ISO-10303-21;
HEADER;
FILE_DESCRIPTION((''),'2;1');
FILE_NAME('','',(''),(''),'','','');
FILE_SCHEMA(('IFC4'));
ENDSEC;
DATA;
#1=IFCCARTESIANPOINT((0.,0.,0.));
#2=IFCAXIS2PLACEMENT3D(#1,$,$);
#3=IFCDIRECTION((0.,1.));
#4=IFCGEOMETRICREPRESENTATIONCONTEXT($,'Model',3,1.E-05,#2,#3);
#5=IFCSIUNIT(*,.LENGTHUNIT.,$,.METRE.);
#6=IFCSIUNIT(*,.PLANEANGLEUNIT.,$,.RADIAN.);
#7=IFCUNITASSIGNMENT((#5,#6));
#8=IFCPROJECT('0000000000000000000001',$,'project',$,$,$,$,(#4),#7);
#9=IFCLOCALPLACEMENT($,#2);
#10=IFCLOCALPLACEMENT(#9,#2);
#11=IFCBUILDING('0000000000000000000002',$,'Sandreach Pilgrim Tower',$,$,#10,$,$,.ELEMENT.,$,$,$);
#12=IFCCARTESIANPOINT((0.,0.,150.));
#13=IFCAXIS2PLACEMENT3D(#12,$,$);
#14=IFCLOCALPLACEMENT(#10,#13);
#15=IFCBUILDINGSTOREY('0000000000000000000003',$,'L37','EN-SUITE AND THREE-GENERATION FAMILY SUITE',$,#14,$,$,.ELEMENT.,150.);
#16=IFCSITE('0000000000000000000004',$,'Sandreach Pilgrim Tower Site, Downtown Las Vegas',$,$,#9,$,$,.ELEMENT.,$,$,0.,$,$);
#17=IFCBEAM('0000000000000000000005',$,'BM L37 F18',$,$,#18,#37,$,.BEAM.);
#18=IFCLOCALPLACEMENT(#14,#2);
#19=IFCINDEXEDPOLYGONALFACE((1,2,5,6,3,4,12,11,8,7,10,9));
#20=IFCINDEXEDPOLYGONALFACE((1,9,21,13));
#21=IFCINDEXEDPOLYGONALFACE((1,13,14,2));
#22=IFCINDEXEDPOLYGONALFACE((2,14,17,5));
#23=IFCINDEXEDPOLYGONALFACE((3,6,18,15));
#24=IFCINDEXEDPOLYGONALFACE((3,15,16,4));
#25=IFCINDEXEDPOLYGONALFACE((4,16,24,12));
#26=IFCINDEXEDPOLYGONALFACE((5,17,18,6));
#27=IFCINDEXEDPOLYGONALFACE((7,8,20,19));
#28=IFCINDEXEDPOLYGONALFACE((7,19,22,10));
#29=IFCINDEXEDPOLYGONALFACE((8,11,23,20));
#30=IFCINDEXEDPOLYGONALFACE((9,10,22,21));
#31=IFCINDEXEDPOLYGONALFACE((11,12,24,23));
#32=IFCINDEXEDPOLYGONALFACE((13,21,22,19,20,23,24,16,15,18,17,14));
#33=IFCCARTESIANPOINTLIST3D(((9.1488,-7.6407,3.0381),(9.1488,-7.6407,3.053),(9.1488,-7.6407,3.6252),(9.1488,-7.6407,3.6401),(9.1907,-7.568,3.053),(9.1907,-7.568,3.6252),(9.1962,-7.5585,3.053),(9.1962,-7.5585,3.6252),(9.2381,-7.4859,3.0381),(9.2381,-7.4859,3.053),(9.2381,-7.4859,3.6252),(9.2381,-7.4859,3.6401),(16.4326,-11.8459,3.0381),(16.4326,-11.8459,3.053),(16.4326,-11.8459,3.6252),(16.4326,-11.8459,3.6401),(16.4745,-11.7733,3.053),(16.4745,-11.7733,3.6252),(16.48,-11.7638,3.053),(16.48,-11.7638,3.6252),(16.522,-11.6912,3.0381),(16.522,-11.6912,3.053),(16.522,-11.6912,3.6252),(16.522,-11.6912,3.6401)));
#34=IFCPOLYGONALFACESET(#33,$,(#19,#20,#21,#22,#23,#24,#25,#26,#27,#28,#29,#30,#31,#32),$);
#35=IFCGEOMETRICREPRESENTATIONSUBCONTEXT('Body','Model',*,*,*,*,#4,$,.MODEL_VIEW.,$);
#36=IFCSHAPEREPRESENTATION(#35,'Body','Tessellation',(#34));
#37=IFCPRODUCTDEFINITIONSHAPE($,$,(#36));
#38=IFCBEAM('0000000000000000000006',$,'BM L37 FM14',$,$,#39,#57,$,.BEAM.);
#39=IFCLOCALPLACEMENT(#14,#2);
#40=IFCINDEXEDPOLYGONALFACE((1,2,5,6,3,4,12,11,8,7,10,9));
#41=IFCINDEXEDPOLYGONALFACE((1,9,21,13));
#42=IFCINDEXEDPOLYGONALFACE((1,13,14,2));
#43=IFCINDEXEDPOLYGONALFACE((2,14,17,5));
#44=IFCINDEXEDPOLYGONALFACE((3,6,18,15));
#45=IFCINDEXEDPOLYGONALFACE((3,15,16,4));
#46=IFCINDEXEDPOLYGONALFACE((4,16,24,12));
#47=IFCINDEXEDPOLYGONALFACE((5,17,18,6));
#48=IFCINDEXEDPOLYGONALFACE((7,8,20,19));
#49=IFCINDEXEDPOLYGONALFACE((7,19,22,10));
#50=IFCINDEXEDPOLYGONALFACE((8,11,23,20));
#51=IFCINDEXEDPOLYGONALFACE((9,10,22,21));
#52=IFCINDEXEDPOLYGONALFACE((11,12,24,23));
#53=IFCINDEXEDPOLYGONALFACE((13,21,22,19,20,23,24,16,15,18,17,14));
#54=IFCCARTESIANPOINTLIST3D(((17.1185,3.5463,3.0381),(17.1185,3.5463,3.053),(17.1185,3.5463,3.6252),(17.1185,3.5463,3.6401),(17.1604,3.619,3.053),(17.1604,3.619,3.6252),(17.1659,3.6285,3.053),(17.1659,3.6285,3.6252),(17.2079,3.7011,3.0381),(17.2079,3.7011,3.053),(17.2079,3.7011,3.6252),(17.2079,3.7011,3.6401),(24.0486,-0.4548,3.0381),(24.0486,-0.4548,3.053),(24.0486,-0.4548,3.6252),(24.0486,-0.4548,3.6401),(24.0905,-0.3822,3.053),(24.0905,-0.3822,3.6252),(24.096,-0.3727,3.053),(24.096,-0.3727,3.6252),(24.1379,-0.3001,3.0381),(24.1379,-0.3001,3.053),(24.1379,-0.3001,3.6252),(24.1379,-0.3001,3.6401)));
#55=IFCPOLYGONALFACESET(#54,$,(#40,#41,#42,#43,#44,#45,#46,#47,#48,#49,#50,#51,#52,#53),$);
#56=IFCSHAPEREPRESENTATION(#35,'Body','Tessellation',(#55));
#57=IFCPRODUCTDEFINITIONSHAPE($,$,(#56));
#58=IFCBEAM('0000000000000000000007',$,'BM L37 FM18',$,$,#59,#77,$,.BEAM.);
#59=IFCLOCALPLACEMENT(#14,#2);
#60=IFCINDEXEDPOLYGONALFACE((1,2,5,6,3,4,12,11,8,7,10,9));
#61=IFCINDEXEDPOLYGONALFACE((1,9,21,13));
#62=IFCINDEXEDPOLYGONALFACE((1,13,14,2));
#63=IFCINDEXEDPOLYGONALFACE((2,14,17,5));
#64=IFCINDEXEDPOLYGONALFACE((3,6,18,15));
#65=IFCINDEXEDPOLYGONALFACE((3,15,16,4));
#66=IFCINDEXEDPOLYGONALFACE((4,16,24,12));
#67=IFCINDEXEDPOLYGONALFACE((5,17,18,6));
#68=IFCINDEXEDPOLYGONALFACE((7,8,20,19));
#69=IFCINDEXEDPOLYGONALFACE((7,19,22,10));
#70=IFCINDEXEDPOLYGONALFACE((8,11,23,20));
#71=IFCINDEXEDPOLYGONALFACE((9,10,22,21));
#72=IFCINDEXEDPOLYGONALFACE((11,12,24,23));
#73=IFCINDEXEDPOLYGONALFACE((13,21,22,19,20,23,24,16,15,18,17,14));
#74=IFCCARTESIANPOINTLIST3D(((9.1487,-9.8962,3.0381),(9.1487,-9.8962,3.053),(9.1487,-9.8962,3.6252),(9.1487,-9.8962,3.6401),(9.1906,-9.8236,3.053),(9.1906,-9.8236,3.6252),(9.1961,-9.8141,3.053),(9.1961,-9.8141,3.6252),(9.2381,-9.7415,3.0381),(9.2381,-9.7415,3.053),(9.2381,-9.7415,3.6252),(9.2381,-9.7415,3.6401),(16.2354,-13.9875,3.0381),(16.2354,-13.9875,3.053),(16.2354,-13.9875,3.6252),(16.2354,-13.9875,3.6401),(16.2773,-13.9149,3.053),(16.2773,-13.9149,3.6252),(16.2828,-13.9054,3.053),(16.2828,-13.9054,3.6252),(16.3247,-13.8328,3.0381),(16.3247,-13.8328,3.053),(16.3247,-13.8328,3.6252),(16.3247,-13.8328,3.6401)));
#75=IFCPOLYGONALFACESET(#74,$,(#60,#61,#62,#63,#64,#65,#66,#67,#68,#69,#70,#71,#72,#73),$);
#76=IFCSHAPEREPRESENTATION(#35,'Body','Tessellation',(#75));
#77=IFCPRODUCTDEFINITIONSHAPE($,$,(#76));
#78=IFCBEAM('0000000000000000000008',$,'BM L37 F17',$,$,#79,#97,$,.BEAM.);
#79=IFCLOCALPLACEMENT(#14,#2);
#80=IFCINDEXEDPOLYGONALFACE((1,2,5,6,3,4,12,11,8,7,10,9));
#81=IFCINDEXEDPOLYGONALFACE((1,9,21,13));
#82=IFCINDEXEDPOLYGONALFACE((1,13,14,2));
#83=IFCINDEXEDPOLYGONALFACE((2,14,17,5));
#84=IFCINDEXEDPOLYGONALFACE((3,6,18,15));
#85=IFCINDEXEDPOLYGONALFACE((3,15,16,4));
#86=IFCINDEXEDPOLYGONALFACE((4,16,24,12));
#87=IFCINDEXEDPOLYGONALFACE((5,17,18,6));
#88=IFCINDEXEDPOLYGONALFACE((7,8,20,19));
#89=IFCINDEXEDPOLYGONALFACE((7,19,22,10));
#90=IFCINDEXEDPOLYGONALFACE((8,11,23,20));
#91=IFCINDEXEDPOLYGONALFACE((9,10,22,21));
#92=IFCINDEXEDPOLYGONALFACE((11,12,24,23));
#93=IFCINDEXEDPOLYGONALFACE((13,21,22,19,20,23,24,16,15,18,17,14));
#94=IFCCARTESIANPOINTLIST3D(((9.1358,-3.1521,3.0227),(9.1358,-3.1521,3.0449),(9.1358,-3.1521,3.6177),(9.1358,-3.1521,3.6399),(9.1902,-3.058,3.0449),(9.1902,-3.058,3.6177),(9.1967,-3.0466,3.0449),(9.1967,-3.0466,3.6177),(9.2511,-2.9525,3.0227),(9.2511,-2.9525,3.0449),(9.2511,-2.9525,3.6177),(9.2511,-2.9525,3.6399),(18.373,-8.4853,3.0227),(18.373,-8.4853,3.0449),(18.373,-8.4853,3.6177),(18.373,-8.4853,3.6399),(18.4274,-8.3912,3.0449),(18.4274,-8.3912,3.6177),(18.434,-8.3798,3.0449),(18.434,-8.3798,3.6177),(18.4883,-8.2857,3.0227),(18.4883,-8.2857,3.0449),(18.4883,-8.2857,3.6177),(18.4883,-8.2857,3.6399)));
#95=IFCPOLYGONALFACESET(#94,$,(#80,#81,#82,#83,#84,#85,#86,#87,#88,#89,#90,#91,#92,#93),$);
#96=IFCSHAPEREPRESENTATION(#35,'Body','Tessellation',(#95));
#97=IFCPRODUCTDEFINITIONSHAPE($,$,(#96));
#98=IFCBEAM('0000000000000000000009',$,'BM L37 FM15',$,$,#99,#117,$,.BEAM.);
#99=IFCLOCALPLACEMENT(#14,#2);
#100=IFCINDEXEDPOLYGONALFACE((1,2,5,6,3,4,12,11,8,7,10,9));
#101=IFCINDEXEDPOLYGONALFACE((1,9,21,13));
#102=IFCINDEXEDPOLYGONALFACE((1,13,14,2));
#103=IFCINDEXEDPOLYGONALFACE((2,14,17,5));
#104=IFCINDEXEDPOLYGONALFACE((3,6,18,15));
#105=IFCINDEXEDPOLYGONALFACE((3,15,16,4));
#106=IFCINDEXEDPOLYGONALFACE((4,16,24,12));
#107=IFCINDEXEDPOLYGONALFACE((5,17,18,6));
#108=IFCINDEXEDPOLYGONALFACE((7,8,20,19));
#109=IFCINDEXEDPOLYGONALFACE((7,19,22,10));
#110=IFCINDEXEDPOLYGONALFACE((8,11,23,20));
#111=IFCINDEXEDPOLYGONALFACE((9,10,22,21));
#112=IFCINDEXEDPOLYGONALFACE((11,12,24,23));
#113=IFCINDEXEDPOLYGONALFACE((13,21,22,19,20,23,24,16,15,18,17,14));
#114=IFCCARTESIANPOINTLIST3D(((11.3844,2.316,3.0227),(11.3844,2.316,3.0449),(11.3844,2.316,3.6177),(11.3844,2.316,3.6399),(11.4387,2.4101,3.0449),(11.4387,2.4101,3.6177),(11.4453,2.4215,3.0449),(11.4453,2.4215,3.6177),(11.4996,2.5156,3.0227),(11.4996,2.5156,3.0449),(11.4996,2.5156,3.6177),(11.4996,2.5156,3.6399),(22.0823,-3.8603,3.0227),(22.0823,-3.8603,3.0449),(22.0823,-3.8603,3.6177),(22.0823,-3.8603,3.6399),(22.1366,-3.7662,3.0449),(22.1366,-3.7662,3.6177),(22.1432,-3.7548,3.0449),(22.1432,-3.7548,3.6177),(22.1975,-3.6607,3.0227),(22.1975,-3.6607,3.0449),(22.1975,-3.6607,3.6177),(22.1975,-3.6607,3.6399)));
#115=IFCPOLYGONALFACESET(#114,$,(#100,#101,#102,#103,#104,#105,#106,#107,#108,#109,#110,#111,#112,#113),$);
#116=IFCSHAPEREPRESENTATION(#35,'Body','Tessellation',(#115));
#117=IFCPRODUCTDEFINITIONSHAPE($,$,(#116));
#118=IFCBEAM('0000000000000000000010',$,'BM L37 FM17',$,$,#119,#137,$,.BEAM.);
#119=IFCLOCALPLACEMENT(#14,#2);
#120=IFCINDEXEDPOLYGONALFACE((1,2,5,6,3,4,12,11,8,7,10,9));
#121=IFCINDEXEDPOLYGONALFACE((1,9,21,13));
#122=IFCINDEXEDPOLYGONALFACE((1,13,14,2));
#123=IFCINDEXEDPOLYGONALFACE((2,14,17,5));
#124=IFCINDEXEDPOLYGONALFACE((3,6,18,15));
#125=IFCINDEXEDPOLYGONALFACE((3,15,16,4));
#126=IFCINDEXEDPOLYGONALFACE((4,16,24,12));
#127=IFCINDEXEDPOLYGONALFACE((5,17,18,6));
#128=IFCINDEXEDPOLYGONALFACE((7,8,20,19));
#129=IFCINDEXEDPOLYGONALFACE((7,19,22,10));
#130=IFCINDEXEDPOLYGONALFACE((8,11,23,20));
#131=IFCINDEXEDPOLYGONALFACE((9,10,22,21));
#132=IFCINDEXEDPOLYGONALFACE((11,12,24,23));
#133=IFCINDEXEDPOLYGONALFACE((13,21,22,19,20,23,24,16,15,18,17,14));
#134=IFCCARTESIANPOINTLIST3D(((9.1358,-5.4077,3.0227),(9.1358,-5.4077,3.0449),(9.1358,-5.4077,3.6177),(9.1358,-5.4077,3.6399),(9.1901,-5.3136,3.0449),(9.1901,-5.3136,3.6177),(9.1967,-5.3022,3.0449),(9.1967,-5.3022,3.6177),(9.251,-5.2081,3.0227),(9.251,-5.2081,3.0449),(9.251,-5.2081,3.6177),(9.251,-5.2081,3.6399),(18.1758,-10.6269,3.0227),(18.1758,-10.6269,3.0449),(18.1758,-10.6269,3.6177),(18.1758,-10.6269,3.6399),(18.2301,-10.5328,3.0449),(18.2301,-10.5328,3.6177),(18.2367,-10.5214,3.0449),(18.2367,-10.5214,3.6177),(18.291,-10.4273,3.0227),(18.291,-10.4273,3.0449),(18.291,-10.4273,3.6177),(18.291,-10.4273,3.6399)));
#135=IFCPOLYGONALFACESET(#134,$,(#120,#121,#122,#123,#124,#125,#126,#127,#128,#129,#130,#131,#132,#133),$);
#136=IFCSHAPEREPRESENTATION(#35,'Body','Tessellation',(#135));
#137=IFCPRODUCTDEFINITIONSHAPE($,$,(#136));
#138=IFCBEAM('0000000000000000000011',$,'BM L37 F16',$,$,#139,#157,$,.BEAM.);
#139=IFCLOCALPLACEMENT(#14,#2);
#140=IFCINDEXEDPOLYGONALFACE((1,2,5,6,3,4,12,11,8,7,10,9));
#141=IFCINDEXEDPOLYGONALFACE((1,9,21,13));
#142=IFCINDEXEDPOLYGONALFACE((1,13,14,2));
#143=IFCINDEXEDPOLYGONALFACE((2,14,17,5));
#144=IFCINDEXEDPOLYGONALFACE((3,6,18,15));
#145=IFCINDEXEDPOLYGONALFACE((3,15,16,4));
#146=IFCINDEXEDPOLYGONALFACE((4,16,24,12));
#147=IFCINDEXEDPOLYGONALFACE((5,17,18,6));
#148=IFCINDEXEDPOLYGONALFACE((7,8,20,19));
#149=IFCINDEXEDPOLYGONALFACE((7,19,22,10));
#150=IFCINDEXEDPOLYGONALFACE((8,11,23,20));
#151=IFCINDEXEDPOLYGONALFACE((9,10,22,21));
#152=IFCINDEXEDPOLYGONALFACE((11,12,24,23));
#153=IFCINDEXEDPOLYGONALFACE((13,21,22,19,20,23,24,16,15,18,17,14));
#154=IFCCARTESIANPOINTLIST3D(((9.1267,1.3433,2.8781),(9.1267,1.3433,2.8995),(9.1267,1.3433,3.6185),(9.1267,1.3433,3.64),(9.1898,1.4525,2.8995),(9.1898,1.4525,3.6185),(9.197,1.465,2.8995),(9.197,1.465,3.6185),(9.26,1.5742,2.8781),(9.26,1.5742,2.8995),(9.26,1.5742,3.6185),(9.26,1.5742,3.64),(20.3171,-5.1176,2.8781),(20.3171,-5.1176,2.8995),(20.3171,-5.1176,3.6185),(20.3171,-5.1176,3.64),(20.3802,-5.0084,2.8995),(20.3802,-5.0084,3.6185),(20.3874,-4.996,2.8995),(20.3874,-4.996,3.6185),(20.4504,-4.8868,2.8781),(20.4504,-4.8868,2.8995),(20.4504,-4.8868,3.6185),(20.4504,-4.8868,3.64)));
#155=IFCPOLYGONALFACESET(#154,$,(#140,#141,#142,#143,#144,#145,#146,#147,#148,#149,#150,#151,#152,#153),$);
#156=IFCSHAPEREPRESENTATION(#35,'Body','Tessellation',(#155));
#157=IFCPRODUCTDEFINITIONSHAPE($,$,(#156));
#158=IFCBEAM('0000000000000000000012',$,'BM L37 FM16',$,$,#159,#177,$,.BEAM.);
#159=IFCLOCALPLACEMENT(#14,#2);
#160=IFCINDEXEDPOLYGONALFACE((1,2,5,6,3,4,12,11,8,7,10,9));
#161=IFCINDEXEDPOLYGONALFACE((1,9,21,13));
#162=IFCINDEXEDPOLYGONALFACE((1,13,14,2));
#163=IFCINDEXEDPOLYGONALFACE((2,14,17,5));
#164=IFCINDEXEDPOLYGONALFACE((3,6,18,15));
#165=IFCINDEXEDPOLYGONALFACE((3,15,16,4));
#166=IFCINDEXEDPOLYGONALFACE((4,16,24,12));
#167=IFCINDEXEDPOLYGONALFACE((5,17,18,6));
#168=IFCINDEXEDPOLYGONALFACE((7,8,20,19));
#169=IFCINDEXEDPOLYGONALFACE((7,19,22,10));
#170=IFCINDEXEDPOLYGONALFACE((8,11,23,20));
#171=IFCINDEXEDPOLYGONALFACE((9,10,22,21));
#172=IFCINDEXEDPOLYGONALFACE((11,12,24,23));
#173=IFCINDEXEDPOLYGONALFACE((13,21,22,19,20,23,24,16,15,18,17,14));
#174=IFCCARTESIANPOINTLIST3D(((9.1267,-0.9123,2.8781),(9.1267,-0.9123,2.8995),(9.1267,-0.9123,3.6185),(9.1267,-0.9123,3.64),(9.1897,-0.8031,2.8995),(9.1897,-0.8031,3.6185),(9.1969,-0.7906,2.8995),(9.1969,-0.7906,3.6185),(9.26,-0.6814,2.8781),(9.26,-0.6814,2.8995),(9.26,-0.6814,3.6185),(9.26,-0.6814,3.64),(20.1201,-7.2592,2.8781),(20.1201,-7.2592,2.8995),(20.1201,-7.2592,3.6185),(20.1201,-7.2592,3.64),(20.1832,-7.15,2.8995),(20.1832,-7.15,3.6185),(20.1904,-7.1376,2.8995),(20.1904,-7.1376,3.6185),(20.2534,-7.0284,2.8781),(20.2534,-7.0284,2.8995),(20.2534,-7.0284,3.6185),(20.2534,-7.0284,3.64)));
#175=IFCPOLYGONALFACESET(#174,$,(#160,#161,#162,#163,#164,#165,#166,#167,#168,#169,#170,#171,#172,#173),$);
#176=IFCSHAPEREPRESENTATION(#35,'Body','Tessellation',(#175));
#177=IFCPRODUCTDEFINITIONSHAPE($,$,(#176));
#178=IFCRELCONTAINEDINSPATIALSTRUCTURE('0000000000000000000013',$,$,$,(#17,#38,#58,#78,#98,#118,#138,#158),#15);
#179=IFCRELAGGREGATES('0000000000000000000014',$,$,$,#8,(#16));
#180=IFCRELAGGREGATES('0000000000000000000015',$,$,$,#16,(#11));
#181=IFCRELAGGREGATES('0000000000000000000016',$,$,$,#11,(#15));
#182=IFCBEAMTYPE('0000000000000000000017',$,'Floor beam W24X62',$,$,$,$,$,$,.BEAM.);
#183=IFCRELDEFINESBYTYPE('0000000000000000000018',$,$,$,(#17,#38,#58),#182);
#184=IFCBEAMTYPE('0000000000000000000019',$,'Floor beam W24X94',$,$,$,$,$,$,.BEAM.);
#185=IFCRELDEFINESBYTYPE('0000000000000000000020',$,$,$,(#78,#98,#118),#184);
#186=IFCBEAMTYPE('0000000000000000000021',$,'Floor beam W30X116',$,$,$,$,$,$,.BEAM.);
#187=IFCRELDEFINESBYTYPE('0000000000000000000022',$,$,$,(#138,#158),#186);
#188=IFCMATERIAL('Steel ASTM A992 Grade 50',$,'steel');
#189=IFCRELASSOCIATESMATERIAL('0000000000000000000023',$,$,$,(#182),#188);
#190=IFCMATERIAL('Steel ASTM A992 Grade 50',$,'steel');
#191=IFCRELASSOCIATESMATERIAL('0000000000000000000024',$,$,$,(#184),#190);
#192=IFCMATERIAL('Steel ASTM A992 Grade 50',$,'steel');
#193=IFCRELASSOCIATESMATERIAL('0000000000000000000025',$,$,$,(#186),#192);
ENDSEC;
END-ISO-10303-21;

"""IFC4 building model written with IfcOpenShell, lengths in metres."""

from ifc_helpers import new_model, si_unit, direction, frame, origin, origin_2d, place, context, subcontext, project, spatial, i_section, extrude, material, material_profile, profile_set, type_object, element, save


model = new_model("IFC4")

# Units and contexts
model_context = context("Model", 3, precision=1e-05, world=origin(), true_north=direction((0.0, 1.0)))
body_context = subcontext(model_context, "Body", "Model", "MODEL_VIEW")
ifc_project = project(units=[si_unit("LENGTHUNIT", "METRE"), si_unit("PLANEANGLEUNIT", "RADIAN")], contexts=[model_context])

# Site, building, storey
site_placement = place(None, origin())
site = spatial("IfcSite", under=ifc_project, at=site_placement, Name="Sandreach Pilgrim Tower Site, Downtown Las Vegas", CompositionType="ELEMENT", RefElevation=0.0)
building_placement = place(site_placement, origin())
building = spatial("IfcBuilding", under=site, at=building_placement, Name="Sandreach Pilgrim Tower", CompositionType="ELEMENT")
storey_placement = place(building_placement, frame((0.0, 0.0, 150.0)))
storey = spatial("IfcBuildingStorey", under=building, at=storey_placement, Name="L37", Description="EN-SUITE AND THREE-GENERATION FAMILY SUITE", CompositionType="ELEMENT", Elevation=150.0)

# Beams
ifc_material_1 = material(Name="Steel ASTM A992 Grade 50", Category="steel")
ifc_material_profile_1 = material_profile(ifc_material_1, i_section(OverallWidth=0.1787, OverallDepth=0.6021, WebThickness=0.011, FlangeThickness=0.0149, at=origin_2d()), Name="W24X62")
ifc_profile_set_1 = profile_set([ifc_material_profile_1], Name="Steel ASTM A992 Grade 50")
beam_type_1 = type_object("IfcBeamType", Name="Floor beam W24X62", PredefinedType="BEAM", material=ifc_profile_set_1)
beam_1_placement = place(storey_placement, frame((16.4773, -11.7686, 3.3391), z_axis=(-0.866028, 0.499995, 0.0), x_axis=(-0.499995, -0.866028, 0.0)))
element("IfcBeam", 1, at=beam_1_placement, inside=storey, type_object=beam_type_1, Name="BM L37 F18", PredefinedType="BEAM", context=body_context, shape_type="SweptSolid", body=[
    extrude(i_section(OverallWidth=0.1787, OverallDepth=0.6021, WebThickness=0.011, FlangeThickness=0.0149, at=origin_2d()), origin(), (0.0, 0.0, 1.0), 8.4106),
])
beam_2_placement = place(storey_placement, frame((24.0933, -0.3774, 3.3391), z_axis=(-0.866021, 0.500008, 0.0), x_axis=(-0.500008, -0.866021, 0.0)))
element("IfcBeam", 2, at=beam_2_placement, inside=storey, type_object=beam_type_1, Name="BM L37 FM14", PredefinedType="BEAM", context=body_context, shape_type="SweptSolid", body=[
    extrude(i_section(OverallWidth=0.1787, OverallDepth=0.6021, WebThickness=0.011, FlangeThickness=0.0149, at=origin_2d()), origin(), (0.0, 0.0, 1.0), 8.0022),
])
beam_3_placement = place(storey_placement, frame((16.28, -13.9102, 3.3391), z_axis=(-0.866035, 0.499983, 0.0), x_axis=(-0.499983, -0.866035, 0.0)))
element("IfcBeam", 3, at=beam_3_placement, inside=storey, type_object=beam_type_1, Name="BM L37 FM18", PredefinedType="BEAM", context=body_context, shape_type="SweptSolid", body=[
    extrude(i_section(OverallWidth=0.1787, OverallDepth=0.6021, WebThickness=0.011, FlangeThickness=0.0149, at=origin_2d()), origin(), (0.0, 0.0, 1.0), 8.1829),
])
ifc_material_2 = material(Name="Steel ASTM A992 Grade 50", Category="steel")
ifc_material_profile_2 = material_profile(ifc_material_2, i_section(OverallWidth=0.2305, OverallDepth=0.6172, WebThickness=0.0132, FlangeThickness=0.0222, at=origin_2d()), Name="W24X94")
ifc_profile_set_2 = profile_set([ifc_material_profile_2], Name="Steel ASTM A992 Grade 50")
beam_type_2 = type_object("IfcBeamType", Name="Floor beam W24X94", PredefinedType="BEAM", material=ifc_profile_set_2)
beam_4_placement = place(storey_placement, frame((18.4307, -8.3855, 3.3313), z_axis=(-0.866022, 0.500006, 0.0), x_axis=(-0.500006, -0.866022, 0.0)))
element("IfcBeam", 4, at=beam_4_placement, inside=storey, type_object=beam_type_2, Name="BM L37 F17", PredefinedType="BEAM", context=body_context, shape_type="SweptSolid", body=[
    extrude(i_section(OverallWidth=0.2305, OverallDepth=0.6172, WebThickness=0.0132, FlangeThickness=0.0222, at=origin_2d()), origin(), (0.0, 0.0, 1.0), 10.6663),
])
beam_5_placement = place(storey_placement, frame((22.1399, -3.7605, 3.3313), z_axis=(-0.866028, 0.499995, 0.0), x_axis=(-0.499995, -0.866028, 0.0)))
element("IfcBeam", 5, at=beam_5_placement, inside=storey, type_object=beam_type_2, Name="BM L37 FM15", PredefinedType="BEAM", context=body_context, shape_type="SweptSolid", body=[
    extrude(i_section(OverallWidth=0.2305, OverallDepth=0.6172, WebThickness=0.0132, FlangeThickness=0.0222, at=origin_2d()), origin(), (0.0, 0.0, 1.0), 12.3528),
])
beam_6_placement = place(storey_placement, frame((18.2334, -10.5271, 3.3313), z_axis=(-0.866027, 0.499998, 0.0), x_axis=(-0.499998, -0.866027, 0.0)))
element("IfcBeam", 6, at=beam_6_placement, inside=storey, type_object=beam_type_2, Name="BM L37 FM17", PredefinedType="BEAM", context=body_context, shape_type="SweptSolid", body=[
    extrude(i_section(OverallWidth=0.2305, OverallDepth=0.6172, WebThickness=0.0132, FlangeThickness=0.0222, at=origin_2d()), origin(), (0.0, 0.0, 1.0), 10.4385),
])
ifc_material_3 = material(Name="Steel ASTM A992 Grade 50", Category="steel")
ifc_material_profile_3 = material_profile(ifc_material_3, i_section(OverallWidth=0.2666, OverallDepth=0.762, WebThickness=0.0144, FlangeThickness=0.0215, at=origin_2d()), Name="W30X116")
ifc_profile_set_3 = profile_set([ifc_material_profile_3], Name="Steel ASTM A992 Grade 50")
beam_type_3 = type_object("IfcBeamType", Name="Floor beam W30X116", PredefinedType="BEAM", material=ifc_profile_set_3)
beam_7_placement = place(storey_placement, frame((20.3838, -5.0022, 3.259), z_axis=(-0.866021, 0.500008, 0.0), x_axis=(-0.500008, -0.866021, 0.0)))
element("IfcBeam", 7, at=beam_7_placement, inside=storey, type_object=beam_type_3, Name="BM L37 F16", PredefinedType="BEAM", context=body_context, shape_type="SweptSolid", body=[
    extrude(i_section(OverallWidth=0.2666, OverallDepth=0.762, WebThickness=0.0144, FlangeThickness=0.0215, at=origin_2d()), origin(), (0.0, 0.0, 1.0), 12.9216),
])
beam_8_placement = place(storey_placement, frame((20.1868, -7.1438, 3.259), z_axis=(-0.86603, 0.499993, 0.0), x_axis=(-0.499993, -0.86603, 0.0)))
element("IfcBeam", 8, at=beam_8_placement, inside=storey, type_object=beam_type_3, Name="BM L37 FM16", PredefinedType="BEAM", context=body_context, shape_type="SweptSolid", body=[
    extrude(i_section(OverallWidth=0.2666, OverallDepth=0.762, WebThickness=0.0144, FlangeThickness=0.0215, at=origin_2d()), origin(), (0.0, 0.0, 1.0), 12.6941),
])

save(model, "model.ifc")
